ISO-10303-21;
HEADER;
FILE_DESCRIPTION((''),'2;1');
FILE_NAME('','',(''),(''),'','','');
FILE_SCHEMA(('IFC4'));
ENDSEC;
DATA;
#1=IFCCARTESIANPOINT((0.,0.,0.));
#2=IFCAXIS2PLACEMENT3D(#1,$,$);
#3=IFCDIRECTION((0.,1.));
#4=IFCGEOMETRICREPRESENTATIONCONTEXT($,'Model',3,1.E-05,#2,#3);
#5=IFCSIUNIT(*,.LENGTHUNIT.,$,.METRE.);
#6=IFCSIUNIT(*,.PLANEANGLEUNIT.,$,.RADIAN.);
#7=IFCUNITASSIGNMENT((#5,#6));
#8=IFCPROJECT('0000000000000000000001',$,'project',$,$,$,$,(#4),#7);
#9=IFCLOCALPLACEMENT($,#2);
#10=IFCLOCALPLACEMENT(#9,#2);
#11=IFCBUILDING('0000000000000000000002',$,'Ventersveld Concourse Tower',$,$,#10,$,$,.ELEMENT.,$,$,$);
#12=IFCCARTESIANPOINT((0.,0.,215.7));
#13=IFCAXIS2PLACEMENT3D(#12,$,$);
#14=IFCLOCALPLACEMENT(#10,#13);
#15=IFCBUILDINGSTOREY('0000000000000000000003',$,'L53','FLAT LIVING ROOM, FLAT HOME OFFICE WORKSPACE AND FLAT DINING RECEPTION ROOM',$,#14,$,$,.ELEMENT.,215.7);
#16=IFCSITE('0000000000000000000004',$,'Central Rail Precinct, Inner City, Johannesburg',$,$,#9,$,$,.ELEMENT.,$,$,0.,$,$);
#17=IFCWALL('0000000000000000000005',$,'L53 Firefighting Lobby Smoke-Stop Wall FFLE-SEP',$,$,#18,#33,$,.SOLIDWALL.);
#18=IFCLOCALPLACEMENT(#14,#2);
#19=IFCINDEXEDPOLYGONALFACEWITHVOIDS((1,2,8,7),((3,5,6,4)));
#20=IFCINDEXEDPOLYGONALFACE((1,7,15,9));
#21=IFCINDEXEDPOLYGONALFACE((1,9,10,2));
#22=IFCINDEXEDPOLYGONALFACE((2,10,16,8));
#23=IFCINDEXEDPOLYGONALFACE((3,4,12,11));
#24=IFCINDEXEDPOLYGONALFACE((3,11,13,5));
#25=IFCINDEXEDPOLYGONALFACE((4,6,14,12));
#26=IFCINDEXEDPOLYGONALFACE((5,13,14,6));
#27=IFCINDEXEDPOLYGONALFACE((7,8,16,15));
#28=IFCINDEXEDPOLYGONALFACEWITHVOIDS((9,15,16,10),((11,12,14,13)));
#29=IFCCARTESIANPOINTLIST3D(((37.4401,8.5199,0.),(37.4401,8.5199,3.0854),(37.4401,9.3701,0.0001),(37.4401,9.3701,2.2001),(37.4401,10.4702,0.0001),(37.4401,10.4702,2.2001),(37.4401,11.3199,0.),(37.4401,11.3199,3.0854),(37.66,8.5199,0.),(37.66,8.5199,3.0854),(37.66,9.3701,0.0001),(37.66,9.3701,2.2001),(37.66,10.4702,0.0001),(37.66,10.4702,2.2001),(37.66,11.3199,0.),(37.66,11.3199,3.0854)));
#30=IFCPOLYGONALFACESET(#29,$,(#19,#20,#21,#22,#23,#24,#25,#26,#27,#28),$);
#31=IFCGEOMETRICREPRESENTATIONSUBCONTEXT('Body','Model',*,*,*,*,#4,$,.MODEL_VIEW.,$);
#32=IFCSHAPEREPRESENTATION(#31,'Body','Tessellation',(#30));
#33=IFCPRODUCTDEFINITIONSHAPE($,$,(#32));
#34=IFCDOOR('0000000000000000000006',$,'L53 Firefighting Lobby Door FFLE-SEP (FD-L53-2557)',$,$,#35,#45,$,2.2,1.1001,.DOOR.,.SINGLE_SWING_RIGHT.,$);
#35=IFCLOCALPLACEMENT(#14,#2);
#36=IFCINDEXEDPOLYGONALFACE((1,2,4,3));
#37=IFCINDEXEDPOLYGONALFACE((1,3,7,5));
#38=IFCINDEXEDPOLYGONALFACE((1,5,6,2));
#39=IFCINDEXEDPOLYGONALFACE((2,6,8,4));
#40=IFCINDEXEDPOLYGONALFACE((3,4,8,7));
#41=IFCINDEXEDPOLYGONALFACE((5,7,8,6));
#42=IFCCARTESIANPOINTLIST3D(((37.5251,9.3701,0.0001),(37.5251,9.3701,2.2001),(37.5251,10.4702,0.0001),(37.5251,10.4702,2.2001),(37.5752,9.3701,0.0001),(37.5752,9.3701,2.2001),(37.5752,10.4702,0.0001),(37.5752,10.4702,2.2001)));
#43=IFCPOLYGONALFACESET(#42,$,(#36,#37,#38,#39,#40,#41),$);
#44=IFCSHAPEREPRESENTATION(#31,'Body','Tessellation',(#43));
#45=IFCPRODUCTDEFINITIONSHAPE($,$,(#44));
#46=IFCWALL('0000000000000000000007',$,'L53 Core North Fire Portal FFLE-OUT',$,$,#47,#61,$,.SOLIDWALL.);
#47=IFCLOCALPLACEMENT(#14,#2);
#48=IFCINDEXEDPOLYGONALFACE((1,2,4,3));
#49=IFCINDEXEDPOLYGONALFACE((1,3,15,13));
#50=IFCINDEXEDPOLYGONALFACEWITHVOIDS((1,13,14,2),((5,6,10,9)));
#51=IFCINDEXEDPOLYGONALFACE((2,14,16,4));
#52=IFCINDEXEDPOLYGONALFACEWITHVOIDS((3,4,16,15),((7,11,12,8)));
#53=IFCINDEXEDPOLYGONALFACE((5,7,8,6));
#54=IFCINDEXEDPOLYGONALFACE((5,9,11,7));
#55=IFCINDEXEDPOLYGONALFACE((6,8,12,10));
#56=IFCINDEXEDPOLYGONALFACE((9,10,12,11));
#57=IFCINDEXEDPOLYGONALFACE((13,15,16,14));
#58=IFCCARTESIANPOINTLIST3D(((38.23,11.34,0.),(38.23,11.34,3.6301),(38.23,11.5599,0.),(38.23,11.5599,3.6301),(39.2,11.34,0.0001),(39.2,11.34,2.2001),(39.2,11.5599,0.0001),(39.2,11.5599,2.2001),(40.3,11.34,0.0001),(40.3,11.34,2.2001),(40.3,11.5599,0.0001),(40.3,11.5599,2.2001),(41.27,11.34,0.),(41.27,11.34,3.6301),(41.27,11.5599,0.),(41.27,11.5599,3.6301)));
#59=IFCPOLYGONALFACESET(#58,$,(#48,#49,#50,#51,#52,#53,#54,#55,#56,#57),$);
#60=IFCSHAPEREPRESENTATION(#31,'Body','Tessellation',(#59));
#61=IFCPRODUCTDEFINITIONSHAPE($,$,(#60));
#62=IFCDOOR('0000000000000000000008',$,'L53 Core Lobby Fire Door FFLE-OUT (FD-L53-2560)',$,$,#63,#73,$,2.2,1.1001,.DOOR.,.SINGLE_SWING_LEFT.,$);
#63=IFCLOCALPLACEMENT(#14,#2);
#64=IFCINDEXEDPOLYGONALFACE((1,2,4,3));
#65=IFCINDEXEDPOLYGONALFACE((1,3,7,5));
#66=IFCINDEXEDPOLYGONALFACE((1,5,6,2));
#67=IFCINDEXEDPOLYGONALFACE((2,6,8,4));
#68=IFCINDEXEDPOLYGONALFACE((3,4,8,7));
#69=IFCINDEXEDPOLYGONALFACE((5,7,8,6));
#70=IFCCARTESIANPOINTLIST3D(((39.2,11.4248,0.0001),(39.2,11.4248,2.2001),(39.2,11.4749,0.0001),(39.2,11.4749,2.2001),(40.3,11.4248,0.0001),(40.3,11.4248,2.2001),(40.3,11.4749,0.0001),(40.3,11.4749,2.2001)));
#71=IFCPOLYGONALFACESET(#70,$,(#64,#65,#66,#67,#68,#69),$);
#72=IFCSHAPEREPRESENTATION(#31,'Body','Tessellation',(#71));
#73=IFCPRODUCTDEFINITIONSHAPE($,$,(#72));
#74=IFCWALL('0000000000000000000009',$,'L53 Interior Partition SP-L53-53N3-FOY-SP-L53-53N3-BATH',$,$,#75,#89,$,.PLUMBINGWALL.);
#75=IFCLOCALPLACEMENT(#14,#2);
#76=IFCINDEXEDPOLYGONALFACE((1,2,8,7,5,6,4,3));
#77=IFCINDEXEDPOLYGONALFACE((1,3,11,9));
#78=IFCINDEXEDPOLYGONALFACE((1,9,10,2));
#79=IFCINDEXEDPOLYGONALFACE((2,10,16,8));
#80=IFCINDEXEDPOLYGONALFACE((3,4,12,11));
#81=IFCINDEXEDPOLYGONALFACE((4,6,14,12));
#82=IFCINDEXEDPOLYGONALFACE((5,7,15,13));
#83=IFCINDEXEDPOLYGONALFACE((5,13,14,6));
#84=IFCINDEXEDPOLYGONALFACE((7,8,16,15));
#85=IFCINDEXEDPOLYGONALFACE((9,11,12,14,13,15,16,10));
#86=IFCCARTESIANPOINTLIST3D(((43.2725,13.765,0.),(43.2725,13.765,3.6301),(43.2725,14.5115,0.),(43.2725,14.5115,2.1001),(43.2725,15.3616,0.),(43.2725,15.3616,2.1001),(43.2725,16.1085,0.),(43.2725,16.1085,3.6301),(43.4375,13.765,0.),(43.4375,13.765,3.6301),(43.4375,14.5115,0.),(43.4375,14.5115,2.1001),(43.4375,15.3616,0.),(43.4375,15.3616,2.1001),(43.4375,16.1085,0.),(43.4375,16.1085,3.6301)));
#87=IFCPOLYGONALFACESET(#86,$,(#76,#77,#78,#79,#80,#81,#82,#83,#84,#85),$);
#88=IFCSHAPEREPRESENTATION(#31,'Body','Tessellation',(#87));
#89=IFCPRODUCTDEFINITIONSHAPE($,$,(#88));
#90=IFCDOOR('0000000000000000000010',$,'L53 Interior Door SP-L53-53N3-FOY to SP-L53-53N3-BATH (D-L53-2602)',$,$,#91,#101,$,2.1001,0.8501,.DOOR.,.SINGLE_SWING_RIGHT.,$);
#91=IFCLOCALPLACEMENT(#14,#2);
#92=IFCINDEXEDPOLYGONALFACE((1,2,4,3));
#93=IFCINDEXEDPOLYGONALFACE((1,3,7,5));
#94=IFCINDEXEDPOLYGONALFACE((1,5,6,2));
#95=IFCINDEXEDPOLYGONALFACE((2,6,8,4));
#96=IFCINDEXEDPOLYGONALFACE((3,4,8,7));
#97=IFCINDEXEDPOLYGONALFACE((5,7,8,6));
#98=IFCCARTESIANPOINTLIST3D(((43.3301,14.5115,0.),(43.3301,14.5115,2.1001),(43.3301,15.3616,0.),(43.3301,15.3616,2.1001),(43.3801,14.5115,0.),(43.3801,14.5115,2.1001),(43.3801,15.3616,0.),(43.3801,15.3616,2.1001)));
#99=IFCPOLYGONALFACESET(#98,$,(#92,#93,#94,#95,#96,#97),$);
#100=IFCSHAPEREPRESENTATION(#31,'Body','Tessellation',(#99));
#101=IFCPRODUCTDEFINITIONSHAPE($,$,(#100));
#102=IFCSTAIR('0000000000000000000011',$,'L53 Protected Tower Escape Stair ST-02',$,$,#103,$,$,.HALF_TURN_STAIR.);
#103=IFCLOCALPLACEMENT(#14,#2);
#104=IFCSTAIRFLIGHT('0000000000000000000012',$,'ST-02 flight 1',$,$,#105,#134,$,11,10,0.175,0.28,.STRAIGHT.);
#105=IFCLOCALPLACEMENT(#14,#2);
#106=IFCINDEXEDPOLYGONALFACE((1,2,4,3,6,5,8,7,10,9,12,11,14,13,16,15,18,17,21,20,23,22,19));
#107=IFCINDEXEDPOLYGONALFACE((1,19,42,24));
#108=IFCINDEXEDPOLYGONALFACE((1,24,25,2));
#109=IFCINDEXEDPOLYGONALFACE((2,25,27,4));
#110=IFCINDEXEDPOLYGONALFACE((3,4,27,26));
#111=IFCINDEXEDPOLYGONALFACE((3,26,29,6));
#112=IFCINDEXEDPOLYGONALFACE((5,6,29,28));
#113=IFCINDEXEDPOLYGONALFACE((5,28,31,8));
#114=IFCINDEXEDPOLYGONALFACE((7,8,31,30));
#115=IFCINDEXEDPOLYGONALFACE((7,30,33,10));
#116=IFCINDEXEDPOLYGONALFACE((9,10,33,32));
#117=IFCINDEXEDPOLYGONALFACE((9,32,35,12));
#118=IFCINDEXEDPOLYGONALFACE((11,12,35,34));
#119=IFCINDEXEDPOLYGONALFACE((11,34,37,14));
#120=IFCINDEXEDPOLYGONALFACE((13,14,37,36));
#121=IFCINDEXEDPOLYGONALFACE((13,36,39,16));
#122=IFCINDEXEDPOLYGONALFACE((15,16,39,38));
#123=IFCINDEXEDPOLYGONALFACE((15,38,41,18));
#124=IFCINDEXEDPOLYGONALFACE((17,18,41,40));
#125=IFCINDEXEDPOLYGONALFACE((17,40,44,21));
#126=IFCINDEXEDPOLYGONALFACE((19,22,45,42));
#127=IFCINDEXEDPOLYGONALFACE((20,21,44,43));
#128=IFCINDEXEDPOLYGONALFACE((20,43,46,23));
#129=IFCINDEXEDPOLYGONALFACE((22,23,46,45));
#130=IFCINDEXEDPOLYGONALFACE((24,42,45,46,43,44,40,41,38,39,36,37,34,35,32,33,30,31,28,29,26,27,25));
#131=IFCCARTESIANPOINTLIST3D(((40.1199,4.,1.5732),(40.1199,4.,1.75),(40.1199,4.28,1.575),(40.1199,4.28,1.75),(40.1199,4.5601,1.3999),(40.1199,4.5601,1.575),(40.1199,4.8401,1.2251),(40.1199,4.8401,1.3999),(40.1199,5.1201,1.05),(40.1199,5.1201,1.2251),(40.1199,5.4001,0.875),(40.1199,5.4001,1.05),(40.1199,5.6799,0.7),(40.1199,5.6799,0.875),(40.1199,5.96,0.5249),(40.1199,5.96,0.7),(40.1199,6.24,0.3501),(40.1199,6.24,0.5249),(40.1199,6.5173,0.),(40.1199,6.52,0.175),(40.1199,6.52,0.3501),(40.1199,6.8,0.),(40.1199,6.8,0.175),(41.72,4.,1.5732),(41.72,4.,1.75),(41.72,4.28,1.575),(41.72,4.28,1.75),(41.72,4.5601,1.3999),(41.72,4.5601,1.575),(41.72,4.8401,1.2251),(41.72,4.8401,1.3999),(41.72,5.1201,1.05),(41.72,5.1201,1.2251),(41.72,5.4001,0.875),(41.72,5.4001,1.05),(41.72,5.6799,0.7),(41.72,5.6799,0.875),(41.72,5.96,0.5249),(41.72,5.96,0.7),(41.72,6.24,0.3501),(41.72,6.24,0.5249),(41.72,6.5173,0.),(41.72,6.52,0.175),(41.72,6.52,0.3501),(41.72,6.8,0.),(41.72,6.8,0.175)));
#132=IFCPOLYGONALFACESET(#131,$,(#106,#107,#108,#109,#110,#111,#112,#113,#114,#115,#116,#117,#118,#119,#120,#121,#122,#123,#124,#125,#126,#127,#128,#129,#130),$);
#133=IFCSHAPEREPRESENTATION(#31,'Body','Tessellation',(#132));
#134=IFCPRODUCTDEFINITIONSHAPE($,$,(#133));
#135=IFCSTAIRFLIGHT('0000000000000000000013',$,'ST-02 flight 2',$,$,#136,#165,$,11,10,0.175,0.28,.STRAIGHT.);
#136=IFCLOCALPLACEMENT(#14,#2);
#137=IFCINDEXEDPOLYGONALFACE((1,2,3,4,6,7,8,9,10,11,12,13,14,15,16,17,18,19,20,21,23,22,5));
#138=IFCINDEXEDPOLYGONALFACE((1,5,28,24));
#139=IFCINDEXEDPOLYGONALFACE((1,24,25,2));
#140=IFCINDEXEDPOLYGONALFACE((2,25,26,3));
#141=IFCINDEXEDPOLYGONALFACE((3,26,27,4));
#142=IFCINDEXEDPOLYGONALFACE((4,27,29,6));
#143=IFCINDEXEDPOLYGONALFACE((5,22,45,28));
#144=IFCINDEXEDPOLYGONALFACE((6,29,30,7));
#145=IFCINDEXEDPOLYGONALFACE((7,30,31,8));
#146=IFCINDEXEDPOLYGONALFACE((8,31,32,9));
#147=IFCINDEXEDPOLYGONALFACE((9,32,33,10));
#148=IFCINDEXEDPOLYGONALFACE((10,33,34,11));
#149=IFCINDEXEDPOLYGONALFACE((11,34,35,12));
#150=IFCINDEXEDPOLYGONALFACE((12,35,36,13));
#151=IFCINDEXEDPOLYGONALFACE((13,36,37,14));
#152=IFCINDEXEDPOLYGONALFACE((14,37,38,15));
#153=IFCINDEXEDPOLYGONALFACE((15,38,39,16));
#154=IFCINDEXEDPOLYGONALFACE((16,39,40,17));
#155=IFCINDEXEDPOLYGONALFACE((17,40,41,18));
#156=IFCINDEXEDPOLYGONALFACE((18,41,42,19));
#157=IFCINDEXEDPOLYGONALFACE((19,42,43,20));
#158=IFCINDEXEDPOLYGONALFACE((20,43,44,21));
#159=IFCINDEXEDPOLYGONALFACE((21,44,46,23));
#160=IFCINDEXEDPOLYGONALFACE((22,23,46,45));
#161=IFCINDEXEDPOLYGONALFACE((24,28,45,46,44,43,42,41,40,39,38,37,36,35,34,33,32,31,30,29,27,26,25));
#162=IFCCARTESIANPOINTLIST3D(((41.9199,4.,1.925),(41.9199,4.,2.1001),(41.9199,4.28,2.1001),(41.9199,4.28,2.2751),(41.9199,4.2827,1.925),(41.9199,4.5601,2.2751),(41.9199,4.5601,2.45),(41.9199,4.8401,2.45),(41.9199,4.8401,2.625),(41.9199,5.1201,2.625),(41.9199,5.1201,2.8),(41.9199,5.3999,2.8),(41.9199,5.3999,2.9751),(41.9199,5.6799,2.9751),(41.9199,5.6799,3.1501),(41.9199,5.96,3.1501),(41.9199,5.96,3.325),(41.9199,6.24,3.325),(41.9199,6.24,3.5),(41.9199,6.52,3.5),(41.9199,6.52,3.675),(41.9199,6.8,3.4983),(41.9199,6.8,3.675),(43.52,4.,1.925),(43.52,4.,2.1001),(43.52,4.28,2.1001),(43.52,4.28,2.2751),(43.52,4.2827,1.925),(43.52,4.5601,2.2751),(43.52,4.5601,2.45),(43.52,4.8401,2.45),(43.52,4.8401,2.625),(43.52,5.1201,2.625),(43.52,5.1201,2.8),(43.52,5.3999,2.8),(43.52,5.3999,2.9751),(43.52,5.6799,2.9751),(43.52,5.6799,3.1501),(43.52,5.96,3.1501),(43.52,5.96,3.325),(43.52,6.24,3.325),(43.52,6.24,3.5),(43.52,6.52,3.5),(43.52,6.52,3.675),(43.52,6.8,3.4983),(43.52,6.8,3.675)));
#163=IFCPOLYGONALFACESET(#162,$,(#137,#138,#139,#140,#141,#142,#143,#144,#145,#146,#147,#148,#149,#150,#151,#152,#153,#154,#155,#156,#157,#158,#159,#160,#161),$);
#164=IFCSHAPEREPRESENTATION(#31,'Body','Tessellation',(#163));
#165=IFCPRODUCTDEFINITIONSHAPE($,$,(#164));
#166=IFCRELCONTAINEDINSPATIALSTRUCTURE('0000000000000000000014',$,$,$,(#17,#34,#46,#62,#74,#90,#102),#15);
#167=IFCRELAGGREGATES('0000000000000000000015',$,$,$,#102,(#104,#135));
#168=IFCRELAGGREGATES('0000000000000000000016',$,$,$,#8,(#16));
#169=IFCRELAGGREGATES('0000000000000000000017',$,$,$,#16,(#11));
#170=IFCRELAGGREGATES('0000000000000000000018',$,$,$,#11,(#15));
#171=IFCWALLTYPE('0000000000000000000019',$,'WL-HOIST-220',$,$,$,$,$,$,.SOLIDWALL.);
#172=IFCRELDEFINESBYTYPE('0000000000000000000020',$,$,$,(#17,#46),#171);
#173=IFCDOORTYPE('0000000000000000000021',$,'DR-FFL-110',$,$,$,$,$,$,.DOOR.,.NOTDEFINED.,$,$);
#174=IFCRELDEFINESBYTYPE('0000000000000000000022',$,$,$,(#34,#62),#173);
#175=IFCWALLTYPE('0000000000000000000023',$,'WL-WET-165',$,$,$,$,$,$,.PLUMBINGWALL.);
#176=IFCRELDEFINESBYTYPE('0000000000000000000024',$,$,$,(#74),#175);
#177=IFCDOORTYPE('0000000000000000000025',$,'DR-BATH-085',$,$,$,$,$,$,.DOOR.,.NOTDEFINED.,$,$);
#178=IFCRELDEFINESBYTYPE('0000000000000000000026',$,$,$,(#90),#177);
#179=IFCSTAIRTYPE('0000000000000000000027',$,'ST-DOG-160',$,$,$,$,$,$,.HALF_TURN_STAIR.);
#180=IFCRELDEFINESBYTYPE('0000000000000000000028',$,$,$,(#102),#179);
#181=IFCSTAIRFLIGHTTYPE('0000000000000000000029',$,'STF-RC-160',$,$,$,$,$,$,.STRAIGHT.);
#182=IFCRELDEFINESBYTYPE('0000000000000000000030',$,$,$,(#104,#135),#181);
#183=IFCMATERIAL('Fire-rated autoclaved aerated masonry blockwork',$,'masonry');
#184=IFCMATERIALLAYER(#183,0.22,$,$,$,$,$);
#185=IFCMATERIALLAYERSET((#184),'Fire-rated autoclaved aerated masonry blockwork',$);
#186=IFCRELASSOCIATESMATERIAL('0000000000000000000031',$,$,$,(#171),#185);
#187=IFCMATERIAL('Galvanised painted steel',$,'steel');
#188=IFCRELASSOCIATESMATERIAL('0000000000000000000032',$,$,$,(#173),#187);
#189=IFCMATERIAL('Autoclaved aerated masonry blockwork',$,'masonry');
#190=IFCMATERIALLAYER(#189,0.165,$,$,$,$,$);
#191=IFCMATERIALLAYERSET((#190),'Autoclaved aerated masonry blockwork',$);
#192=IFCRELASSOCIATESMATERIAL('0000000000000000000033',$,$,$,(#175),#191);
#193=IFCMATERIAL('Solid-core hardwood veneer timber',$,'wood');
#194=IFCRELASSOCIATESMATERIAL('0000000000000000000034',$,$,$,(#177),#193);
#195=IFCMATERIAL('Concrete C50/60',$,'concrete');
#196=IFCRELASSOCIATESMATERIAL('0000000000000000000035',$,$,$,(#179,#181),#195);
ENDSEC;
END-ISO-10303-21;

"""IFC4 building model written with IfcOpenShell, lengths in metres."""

from ifc_helpers import new_model, si_unit, direction, frame, frame_2d, origin, place, context, subcontext, project, spatial, polyline, rectangle, outline, extrude, material, layer, layer_set, type_object, element, fill, aggregate, save


model = new_model("IFC4")

# Units and contexts
model_context = context("Model", 3, precision=1e-05, world=origin(), true_north=direction((0.0, 1.0)))
body_context = subcontext(model_context, "Body", "Model", "MODEL_VIEW")
ifc_project = project(units=[si_unit("LENGTHUNIT", "METRE"), si_unit("PLANEANGLEUNIT", "RADIAN")], contexts=[model_context])

# Site, building, storey
site_placement = place(None, origin())
site = spatial("IfcSite", under=ifc_project, at=site_placement, Name="Central Rail Precinct, Inner City, Johannesburg", CompositionType="ELEMENT", RefElevation=0.0)
building_placement = place(site_placement, origin())
building = spatial("IfcBuilding", under=site, at=building_placement, Name="Ventersveld Concourse Tower", CompositionType="ELEMENT")
storey_placement = place(building_placement, frame((0.0, 0.0, 215.7)))
storey = spatial("IfcBuildingStorey", under=building, at=storey_placement, Name="L53", Description="FLAT LIVING ROOM, FLAT HOME OFFICE WORKSPACE AND FLAT DINING RECEPTION ROOM", CompositionType="ELEMENT", Elevation=215.7)

# Shared definitions
ifc_material_1 = material(Name="Concrete C50/60", Category="concrete")

# Shared definitions
ifc_material_2 = material(Name="Fire-rated autoclaved aerated masonry blockwork", Category="masonry")
ifc_layer_1 = layer(ifc_material_2, 0.22)
ifc_layer_set_1 = layer_set([ifc_layer_1], Name="Fire-rated autoclaved aerated masonry blockwork")
wall_type_1 = type_object("IfcWallType", Name="WL-HOIST-220", PredefinedType="SOLIDWALL", material=ifc_layer_set_1)

# Walls, openings, doors
ifc_material_3 = material(Name="Galvanised painted steel", Category="steel")
wall_1_placement = place(storey_placement, frame((37.55, 8.52, 0.0), z_axis=(0.0, 0.0, 1.0), x_axis=(0.0, 1.0, 0.0)))
wall_1 = element("IfcWall", 1, at=wall_1_placement, inside=storey, type_object=wall_type_1, Name="L53 Firefighting Lobby Smoke-Stop Wall FFLE-SEP", PredefinedType="SOLIDWALL", context=body_context, shape_type="SweptSolid", body=[
    extrude(rectangle(XDim=2.8, YDim=0.22, at=frame_2d((1.3999, 0.0))), origin(), (0.0, 0.0, 1.0), 3.0854),
])
opening_1_placement = place(wall_1_placement, frame((0.8501, 0.0, 0.0)))
opening_1 = element("IfcOpeningElement", 2, at=opening_1_placement, cuts=wall_1, PredefinedType="OPENING", context=body_context, shape_type="SweptSolid", body=[
    extrude(rectangle(XDim=1.1001, YDim=2.2, at=frame_2d((0.55, 1.1001))), frame((0.0, 0.1201, 0.0), z_axis=(0.0, -1.0, 0.0), x_axis=(1.0, 0.0, 0.0)), (0.0, 0.0, 1.0), 0.24),
])
door_type_1 = type_object("IfcDoorType", Name="DR-FFL-110", OperationType="NOTDEFINED", PredefinedType="DOOR", material=ifc_material_3)
door_1_placement = place(opening_1_placement, origin())
door_1 = element("IfcDoor", 3, at=door_1_placement, inside=storey, type_object=door_type_1, Name="L53 Firefighting Lobby Door FFLE-SEP (FD-L53-2557)", OperationType="SINGLE_SWING_RIGHT", OverallHeight=2.2, OverallWidth=1.1001, PredefinedType="DOOR", context=body_context, shape_type="SweptSolid", body=[
    extrude(rectangle(XDim=1.1001, YDim=2.2, at=frame_2d((0.55, 1.1001))), frame((0.0, 0.0249, 0.0), z_axis=(0.0, -1.0, 0.0), x_axis=(1.0, 0.0, 0.0)), (0.0, 0.0, 1.0), 0.05),
])
fill(opening_1, door_1)
wall_2_placement = place(storey_placement, frame((38.23, 11.45, 0.0), z_axis=(0.0, 0.0, 1.0), x_axis=(1.0, 0.0, 0.0)))
wall_2 = element("IfcWall", 4, at=wall_2_placement, inside=storey, type_object=wall_type_1, Name="L53 Core North Fire Portal FFLE-OUT", PredefinedType="SOLIDWALL", context=body_context, shape_type="SweptSolid", body=[
    extrude(rectangle(XDim=3.04, YDim=0.22, at=frame_2d((1.52, 0.0))), origin(), (0.0, 0.0, 1.0), 3.6301),
])
opening_2_placement = place(wall_2_placement, frame((0.97, 0.0, 0.0)))
opening_2 = element("IfcOpeningElement", 5, at=opening_2_placement, cuts=wall_2, PredefinedType="OPENING", context=body_context, shape_type="SweptSolid", body=[
    extrude(rectangle(XDim=1.1001, YDim=2.2, at=frame_2d((0.55, 1.1001))), frame((0.0, 0.1201, 0.0), z_axis=(0.0, -1.0, 0.0), x_axis=(1.0, 0.0, 0.0)), (0.0, 0.0, 1.0), 0.24),
])
door_2_placement = place(opening_2_placement, origin())
door_2 = element("IfcDoor", 6, at=door_2_placement, inside=storey, type_object=door_type_1, Name="L53 Core Lobby Fire Door FFLE-OUT (FD-L53-2560)", OperationType="SINGLE_SWING_LEFT", OverallHeight=2.2, OverallWidth=1.1001, PredefinedType="DOOR", context=body_context, shape_type="SweptSolid", body=[
    extrude(rectangle(XDim=1.1001, YDim=2.2, at=frame_2d((0.55, 1.1001))), frame((0.0, 0.0249, 0.0), z_axis=(0.0, -1.0, 0.0), x_axis=(1.0, 0.0, 0.0)), (0.0, 0.0, 1.0), 0.05),
])
fill(opening_2, door_2)
ifc_material_4 = material(Name="Autoclaved aerated masonry blockwork", Category="masonry")
ifc_layer_2 = layer(ifc_material_4, 0.165)
ifc_layer_set_2 = layer_set([ifc_layer_2], Name="Autoclaved aerated masonry blockwork")
wall_type_2 = type_object("IfcWallType", Name="WL-WET-165", PredefinedType="PLUMBINGWALL", material=ifc_layer_set_2)
wall_3_placement = place(storey_placement, frame((43.355, 13.7649, 0.0), z_axis=(0.0, 0.0, 1.0), x_axis=(0.0, 1.0, 0.0)))
wall_3 = element("IfcWall", 7, at=wall_3_placement, inside=storey, type_object=wall_type_2, Name="L53 Interior Partition SP-L53-53N3-FOY-SP-L53-53N3-BATH", PredefinedType="PLUMBINGWALL", context=body_context, shape_type="SweptSolid", body=[
    extrude(rectangle(XDim=2.3435, YDim=0.165, at=frame_2d((1.1719, 0.0))), origin(), (0.0, 0.0, 1.0), 3.6301),
])
opening_3_placement = place(wall_3_placement, frame((0.7466, 0.0, 0.0)))
opening_3 = element("IfcOpeningElement", 8, at=opening_3_placement, cuts=wall_3, PredefinedType="OPENING", context=body_context, shape_type="SweptSolid", body=[
    extrude(rectangle(XDim=0.8501, YDim=2.1001, at=frame_2d((0.425, 1.05))), frame((0.0, 0.0925, 0.0), z_axis=(0.0, -1.0, 0.0), x_axis=(1.0, 0.0, 0.0)), (0.0, 0.0, 1.0), 0.1851),
])
ifc_material_5 = material(Name="Solid-core hardwood veneer timber", Category="wood")
door_type_2 = type_object("IfcDoorType", Name="DR-BATH-085", OperationType="NOTDEFINED", PredefinedType="DOOR", material=ifc_material_5)
door_3_placement = place(opening_3_placement, origin())
door_3 = element("IfcDoor", 9, at=door_3_placement, inside=storey, type_object=door_type_2, Name="L53 Interior Door SP-L53-53N3-FOY to SP-L53-53N3-BATH (D-L53-2602)", OperationType="SINGLE_SWING_RIGHT", OverallHeight=2.1001, OverallWidth=0.8501, PredefinedType="DOOR", context=body_context, shape_type="SweptSolid", body=[
    extrude(rectangle(XDim=0.8501, YDim=2.1001, at=frame_2d((0.425, 1.05))), frame((0.0, 0.0249, 0.0), z_axis=(0.0, -1.0, 0.0), x_axis=(1.0, 0.0, 0.0)), (0.0, 0.0, 1.0), 0.05),
])
fill(opening_3, door_3)

# Stair, stair flights
stair_type = type_object("IfcStairType", Name="ST-DOG-160", PredefinedType="HALF_TURN_STAIR", material=ifc_material_1)
stair_placement = place(storey_placement, origin())
stair = element("IfcStair", 10, at=stair_placement, inside=storey, type_object=stair_type, Name="L53 Protected Tower Escape Stair ST-02", PredefinedType="HALF_TURN_STAIR")
stair_flight_type = type_object("IfcStairFlightType", Name="STF-RC-160", PredefinedType="STRAIGHT", material=ifc_material_1)
stair_flight_1_placement = place(storey_placement, frame((40.9199, 6.8, 0.0), z_axis=(0.0, 0.0, 1.0), x_axis=(0.0, -1.0, 0.0)))
stair_flight_1 = element("IfcStairFlight", 11, at=stair_flight_1_placement, type_object=stair_flight_type, Name="ST-02 flight 1", NumberOfRisers=11, NumberOfTreads=10, PredefinedType="STRAIGHT", RiserHeight=0.175, TreadLength=0.28, context=body_context, shape_type="SweptSolid", body=[
    extrude(outline(polyline([(0.0, 0.0), (0.0, 0.175), (0.28, 0.175), (0.28, 0.3501), (0.5601, 0.3501), (0.5601, 0.5249), (0.8401, 0.5249), (0.8401, 0.7), (1.1201, 0.7), (1.1201, 0.875), (1.3999, 0.875), (1.3999, 1.05), (1.6799, 1.05), (1.6799, 1.2251), (1.96, 1.2251), (1.96, 1.3999), (2.24, 1.3999), (2.24, 1.575), (2.52, 1.575), (2.52, 1.75), (2.8, 1.75), (2.8, 1.925), (2.8, 1.5732), (0.2827, 0.0), (0.0, 0.0)])), frame((0.0, 0.8, 0.0), z_axis=(0.0, -1.0, 0.0), x_axis=(1.0, 0.0, 0.0)), (0.0, 0.0, 1.0), 1.6001),
])
stair_flight_2_placement = place(storey_placement, frame((42.72, 4.0, 1.925), z_axis=(0.0, 0.0, 1.0), x_axis=(0.0, 1.0, 0.0)))
stair_flight_2 = element("IfcStairFlight", 12, at=stair_flight_2_placement, type_object=stair_flight_type, Name="ST-02 flight 2", NumberOfRisers=11, NumberOfTreads=10, PredefinedType="STRAIGHT", RiserHeight=0.175, TreadLength=0.28, context=body_context, shape_type="SweptSolid", body=[
    extrude(outline(polyline([(0.0, 0.0), (0.0, 0.175), (0.28, 0.175), (0.28, 0.3501), (0.5601, 0.3501), (0.5601, 0.5249), (0.8401, 0.5249), (0.8401, 0.7), (1.1201, 0.7), (1.1201, 0.875), (1.3999, 0.875), (1.3999, 1.05), (1.6799, 1.05), (1.6799, 1.2251), (1.96, 1.2251), (1.96, 1.3999), (2.24, 1.3999), (2.24, 1.575), (2.52, 1.575), (2.52, 1.75), (2.8, 1.75), (2.8, 1.925), (2.8, 1.5732), (0.2827, 0.0), (0.0, 0.0)])), frame((0.0, 0.8, 0.0), z_axis=(0.0, -1.0, 0.0), x_axis=(1.0, 0.0, 0.0)), (0.0, 0.0, 1.0), 1.6001),
])
aggregate(stair, [stair_flight_1, stair_flight_2])

save(model, "model.ifc")
